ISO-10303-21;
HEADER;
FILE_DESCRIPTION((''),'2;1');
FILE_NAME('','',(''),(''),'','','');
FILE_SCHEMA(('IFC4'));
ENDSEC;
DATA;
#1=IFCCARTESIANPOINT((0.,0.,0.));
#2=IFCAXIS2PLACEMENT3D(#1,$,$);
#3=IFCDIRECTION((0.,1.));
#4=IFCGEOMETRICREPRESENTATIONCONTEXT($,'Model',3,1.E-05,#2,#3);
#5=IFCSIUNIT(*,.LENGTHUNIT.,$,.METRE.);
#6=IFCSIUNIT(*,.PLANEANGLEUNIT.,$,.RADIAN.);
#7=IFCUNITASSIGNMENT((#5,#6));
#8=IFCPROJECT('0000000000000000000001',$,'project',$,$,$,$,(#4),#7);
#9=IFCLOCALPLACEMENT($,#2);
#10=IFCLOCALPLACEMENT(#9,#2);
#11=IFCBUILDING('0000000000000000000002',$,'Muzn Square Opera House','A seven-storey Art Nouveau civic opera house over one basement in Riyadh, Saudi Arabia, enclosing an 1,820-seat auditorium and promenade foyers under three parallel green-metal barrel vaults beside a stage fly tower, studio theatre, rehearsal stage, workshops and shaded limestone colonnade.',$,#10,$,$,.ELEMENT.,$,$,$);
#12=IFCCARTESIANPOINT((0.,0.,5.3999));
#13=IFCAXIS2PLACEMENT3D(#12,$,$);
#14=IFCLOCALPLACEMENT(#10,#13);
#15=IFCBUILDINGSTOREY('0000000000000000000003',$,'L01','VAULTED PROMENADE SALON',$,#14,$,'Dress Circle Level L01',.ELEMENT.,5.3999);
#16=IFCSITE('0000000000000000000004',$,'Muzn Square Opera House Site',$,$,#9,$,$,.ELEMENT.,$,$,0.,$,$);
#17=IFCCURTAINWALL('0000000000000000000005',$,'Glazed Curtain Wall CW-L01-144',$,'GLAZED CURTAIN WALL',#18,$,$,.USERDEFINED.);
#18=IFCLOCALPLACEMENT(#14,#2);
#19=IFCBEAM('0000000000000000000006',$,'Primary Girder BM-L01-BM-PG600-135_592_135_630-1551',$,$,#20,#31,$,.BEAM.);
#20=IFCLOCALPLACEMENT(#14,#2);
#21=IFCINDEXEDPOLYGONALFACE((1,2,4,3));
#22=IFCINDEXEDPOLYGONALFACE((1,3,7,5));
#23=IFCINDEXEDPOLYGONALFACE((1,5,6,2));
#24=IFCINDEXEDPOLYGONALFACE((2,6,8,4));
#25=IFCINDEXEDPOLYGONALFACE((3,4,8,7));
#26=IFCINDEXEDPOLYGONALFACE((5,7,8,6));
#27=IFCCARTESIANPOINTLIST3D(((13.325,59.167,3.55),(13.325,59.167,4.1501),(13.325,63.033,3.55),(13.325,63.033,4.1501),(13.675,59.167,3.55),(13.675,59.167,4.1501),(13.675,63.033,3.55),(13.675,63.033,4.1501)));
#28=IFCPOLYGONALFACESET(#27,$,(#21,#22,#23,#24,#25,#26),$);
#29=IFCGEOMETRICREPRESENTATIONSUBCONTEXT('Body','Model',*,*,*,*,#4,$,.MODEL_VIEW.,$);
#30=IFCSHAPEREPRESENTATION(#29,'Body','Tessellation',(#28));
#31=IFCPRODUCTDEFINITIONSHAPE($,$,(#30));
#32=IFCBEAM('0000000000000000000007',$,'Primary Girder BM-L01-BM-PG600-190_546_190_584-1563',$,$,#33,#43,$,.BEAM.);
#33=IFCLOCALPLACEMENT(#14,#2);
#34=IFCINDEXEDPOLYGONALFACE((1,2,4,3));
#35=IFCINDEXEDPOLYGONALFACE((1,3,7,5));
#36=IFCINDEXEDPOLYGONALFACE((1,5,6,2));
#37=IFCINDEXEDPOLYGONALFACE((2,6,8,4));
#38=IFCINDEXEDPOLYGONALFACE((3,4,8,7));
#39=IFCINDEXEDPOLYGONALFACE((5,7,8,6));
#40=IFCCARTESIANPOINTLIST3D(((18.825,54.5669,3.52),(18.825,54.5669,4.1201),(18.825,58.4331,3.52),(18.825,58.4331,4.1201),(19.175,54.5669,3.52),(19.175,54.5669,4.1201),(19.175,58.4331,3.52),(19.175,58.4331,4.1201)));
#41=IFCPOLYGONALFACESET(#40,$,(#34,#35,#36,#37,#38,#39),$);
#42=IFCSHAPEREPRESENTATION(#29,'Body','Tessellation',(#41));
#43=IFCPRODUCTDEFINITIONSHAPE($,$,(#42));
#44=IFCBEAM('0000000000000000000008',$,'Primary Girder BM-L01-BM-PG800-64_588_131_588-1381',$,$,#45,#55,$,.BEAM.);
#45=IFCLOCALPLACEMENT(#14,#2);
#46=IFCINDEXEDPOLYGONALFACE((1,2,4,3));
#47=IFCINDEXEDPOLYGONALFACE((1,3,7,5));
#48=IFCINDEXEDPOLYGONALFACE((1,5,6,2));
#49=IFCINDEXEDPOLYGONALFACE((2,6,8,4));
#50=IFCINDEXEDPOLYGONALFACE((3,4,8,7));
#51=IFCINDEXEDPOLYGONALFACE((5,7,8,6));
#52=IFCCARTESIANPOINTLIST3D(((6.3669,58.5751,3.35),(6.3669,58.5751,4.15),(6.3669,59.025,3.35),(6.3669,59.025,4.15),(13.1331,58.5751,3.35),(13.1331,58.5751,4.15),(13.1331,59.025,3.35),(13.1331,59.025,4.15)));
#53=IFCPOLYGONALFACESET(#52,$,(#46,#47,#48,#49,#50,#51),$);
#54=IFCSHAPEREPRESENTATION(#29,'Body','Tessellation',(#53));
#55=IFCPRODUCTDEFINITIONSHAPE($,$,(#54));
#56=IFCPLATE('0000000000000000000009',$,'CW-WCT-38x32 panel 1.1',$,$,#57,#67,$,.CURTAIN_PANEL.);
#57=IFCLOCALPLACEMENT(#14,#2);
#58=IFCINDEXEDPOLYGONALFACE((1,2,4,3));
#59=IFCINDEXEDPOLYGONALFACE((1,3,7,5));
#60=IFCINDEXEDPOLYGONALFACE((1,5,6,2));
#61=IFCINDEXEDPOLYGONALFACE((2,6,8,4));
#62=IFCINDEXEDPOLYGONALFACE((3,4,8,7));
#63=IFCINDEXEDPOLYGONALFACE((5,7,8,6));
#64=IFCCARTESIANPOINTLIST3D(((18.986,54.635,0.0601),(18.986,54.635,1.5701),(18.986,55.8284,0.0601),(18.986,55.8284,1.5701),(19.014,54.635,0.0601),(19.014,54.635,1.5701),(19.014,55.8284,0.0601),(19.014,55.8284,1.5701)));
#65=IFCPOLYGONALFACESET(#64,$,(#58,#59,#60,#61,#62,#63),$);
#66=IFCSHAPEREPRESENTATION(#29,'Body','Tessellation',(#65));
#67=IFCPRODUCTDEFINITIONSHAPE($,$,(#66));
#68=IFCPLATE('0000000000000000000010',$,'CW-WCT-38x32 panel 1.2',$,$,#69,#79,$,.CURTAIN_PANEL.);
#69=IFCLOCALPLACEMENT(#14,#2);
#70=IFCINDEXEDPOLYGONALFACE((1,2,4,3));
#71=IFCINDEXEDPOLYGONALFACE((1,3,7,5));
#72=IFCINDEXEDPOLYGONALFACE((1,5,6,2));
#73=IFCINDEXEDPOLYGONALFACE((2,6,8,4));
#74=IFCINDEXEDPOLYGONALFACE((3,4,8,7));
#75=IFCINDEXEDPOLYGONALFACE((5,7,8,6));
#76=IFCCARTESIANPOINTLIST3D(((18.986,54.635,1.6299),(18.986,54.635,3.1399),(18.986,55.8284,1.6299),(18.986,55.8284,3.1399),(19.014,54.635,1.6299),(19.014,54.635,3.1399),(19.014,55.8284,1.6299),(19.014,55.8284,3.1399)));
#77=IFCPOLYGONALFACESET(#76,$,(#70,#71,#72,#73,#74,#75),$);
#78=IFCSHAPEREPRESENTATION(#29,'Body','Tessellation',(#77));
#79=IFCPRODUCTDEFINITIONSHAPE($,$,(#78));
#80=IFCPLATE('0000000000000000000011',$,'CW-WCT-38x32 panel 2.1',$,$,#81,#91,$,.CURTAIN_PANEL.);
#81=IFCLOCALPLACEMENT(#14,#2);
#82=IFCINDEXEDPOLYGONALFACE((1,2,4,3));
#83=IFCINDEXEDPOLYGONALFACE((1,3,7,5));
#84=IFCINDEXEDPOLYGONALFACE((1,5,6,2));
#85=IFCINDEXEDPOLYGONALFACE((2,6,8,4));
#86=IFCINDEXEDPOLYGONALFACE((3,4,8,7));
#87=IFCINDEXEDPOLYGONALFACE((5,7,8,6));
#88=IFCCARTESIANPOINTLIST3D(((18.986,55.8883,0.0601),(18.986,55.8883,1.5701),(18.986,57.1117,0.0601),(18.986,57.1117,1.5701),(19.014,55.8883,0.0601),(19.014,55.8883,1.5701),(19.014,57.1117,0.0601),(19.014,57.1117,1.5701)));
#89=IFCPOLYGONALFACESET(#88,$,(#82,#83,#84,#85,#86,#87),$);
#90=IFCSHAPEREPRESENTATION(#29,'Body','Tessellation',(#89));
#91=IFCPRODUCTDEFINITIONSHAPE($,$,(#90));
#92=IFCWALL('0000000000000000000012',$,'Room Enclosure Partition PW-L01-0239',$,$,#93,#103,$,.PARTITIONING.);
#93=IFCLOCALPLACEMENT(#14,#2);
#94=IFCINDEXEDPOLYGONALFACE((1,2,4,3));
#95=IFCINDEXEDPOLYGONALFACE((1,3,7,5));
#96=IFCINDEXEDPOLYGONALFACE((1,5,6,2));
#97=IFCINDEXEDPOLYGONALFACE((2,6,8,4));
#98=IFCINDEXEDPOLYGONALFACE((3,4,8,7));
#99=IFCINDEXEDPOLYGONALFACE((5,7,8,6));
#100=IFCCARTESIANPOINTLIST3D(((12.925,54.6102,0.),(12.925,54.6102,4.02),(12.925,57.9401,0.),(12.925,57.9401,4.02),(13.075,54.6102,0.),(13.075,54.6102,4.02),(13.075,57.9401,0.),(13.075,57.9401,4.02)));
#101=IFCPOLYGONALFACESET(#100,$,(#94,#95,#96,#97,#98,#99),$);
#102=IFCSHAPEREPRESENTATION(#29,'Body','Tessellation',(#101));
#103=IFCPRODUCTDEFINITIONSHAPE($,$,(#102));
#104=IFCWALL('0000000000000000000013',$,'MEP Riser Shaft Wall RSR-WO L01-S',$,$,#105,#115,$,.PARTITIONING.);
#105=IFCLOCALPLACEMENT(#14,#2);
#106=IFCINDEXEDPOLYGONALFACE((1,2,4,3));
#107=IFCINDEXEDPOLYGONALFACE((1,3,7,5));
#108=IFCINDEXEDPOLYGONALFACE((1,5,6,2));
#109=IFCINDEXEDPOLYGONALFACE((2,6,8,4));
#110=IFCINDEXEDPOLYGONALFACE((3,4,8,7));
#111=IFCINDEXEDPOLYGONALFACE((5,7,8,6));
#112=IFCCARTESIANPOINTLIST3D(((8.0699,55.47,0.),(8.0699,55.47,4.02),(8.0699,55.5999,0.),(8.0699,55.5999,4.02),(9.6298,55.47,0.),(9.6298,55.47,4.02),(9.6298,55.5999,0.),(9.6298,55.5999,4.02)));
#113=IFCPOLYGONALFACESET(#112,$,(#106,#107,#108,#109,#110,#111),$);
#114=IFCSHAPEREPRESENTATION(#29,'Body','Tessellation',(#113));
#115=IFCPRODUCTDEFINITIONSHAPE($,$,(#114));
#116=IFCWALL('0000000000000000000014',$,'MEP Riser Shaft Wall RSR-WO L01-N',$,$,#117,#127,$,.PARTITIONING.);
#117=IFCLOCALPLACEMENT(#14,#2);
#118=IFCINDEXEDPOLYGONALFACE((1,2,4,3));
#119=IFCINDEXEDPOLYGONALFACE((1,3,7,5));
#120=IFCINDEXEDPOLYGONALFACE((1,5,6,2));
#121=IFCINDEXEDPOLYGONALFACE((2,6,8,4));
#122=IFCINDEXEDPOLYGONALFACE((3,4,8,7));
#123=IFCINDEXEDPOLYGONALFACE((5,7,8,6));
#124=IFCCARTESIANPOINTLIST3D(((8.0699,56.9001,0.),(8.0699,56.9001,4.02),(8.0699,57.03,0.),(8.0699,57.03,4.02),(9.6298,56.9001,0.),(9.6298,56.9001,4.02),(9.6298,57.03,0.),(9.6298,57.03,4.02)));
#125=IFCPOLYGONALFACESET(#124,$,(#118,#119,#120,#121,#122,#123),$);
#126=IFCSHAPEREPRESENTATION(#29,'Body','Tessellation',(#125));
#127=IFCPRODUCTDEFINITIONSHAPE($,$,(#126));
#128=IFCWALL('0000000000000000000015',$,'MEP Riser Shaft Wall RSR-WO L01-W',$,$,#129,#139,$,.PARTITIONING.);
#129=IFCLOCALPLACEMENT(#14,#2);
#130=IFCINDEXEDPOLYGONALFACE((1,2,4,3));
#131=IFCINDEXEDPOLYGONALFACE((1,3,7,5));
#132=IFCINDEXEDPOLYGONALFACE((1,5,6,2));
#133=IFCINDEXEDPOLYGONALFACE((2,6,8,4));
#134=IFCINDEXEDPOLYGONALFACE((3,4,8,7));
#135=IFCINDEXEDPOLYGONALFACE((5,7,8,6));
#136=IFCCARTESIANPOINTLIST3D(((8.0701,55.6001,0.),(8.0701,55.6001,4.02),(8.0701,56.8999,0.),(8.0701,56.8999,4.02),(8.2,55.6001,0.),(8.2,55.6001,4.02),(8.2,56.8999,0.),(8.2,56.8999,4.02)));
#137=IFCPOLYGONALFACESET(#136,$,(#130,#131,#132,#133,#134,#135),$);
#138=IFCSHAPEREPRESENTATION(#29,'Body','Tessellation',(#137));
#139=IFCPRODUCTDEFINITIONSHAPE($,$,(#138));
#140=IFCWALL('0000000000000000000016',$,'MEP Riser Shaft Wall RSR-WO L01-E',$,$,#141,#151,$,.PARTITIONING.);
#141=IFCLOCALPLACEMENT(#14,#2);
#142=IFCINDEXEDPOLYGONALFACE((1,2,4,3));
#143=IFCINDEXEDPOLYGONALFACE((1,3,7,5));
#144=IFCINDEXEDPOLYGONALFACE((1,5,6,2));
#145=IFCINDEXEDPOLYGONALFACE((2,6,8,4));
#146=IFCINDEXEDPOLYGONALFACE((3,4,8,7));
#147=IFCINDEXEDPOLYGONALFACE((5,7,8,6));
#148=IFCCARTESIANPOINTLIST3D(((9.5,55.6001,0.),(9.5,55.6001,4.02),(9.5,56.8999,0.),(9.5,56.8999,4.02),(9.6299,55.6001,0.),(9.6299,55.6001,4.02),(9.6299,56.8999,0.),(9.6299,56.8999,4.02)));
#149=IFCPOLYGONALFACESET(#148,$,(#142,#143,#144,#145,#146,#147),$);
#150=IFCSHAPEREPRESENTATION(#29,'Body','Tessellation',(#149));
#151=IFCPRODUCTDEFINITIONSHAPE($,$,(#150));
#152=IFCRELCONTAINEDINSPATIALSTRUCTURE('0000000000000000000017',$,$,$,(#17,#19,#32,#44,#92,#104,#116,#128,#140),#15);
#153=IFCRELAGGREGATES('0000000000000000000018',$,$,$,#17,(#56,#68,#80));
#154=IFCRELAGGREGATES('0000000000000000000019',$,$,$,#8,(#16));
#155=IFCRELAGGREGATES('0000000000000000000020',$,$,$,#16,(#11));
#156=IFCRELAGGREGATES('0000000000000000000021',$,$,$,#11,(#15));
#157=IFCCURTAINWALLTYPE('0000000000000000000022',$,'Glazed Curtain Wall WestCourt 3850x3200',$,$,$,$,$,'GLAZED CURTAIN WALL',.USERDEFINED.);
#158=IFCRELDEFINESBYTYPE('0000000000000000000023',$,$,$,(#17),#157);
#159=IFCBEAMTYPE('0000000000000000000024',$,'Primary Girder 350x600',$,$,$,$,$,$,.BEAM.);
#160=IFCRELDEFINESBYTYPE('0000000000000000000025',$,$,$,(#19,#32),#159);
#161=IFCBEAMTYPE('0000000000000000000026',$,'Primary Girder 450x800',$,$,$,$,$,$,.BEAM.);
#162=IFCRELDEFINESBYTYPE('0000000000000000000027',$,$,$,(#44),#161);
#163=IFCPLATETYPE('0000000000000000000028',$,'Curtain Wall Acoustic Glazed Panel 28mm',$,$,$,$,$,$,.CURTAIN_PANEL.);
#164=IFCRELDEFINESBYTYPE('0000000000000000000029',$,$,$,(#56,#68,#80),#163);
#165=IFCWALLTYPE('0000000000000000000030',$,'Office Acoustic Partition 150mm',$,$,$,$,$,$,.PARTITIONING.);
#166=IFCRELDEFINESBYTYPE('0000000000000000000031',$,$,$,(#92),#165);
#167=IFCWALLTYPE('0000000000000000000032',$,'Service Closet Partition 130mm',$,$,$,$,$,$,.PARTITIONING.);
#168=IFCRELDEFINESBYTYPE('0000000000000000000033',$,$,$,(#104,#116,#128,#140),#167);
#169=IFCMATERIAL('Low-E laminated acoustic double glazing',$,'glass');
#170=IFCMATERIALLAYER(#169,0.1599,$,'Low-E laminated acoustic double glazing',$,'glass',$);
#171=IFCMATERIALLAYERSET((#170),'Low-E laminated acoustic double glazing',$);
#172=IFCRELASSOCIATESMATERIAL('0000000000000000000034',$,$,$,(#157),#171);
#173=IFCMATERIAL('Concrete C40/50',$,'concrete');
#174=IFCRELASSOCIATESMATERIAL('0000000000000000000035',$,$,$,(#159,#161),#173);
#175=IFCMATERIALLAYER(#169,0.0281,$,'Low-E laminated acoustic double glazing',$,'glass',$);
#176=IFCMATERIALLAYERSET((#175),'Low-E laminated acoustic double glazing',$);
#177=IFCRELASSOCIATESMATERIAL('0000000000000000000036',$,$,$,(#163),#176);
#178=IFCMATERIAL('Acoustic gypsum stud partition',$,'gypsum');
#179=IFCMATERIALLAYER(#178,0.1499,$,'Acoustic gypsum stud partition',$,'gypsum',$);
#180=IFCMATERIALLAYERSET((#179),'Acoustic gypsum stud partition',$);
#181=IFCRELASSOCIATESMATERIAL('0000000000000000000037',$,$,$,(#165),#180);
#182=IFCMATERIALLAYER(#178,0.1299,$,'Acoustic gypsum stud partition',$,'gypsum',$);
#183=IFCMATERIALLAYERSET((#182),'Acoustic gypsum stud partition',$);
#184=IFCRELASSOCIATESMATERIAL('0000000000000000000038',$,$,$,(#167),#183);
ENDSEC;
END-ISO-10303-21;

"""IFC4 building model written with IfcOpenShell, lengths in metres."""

from ifc_helpers import new_model, si_unit, direction, frame, frame_2d, origin, origin_2d, place, context, subcontext, project, spatial, rectangle, extrude, material, layer, layer_set, material_profile, profile_set, type_object, element, aggregate, save


model = new_model("IFC4")

# Units and contexts
model_context = context("Model", 3, precision=1e-05, world=origin(), true_north=direction((0.0, 1.0)))
body_context = subcontext(model_context, "Body", "Model", "MODEL_VIEW")
ifc_project = project(units=[si_unit("LENGTHUNIT", "METRE"), si_unit("PLANEANGLEUNIT", "RADIAN")], contexts=[model_context])

# Site, building, storey
site_placement = place(None, origin())
site = spatial("IfcSite", under=ifc_project, at=site_placement, Name="Muzn Square Opera House Site", CompositionType="ELEMENT", RefElevation=0.0)
building_placement = place(site_placement, origin())
building = spatial("IfcBuilding", under=site, at=building_placement, Name="Muzn Square Opera House", Description="A seven-storey Art Nouveau civic opera house over one basement in Riyadh, Saudi Arabia, enclosing an 1,820-seat auditorium and promenade foyers under three parallel green-metal barrel vaults beside a stage fly tower, studio theatre, rehearsal stage, workshops and shaded limestone colonnade.", CompositionType="ELEMENT")
storey_placement = place(building_placement, frame((0.0, 0.0, 5.3999)))
storey = spatial("IfcBuildingStorey", under=building, at=storey_placement, Name="L01", Description="VAULTED PROMENADE SALON", LongName="Dress Circle Level L01", CompositionType="ELEMENT", Elevation=5.3999)

# Curtain wall
ifc_material_1 = material(Name="Low-E laminated acoustic double glazing", Category="glass")
ifc_layer_1 = layer(ifc_material_1, 0.1599, Name="Low-E laminated acoustic double glazing", Category="glass")
ifc_layer_set_1 = layer_set([ifc_layer_1], Name="Low-E laminated acoustic double glazing")
curtain_wall_type = type_object("IfcCurtainWallType", Name="Glazed Curtain Wall WestCourt 3850x3200", ElementType="GLAZED CURTAIN WALL", PredefinedType="USERDEFINED", material=ifc_layer_set_1)
curtain_wall_placement = place(storey_placement, origin())
curtain_wall = element("IfcCurtainWall", 1, at=curtain_wall_placement, inside=storey, type_object=curtain_wall_type, Name="Glazed Curtain Wall CW-L01-144", ObjectType="GLAZED CURTAIN WALL", PredefinedType="USERDEFINED")

# Beams
ifc_material_2 = material(Name="Concrete C40/50", Category="concrete")
ifc_material_profile_1 = material_profile(ifc_material_2, rectangle(XDim=0.3501, YDim=0.6001, at=origin_2d()), Name="RCB 350x600", Category="concrete")
ifc_profile_set_1 = profile_set([ifc_material_profile_1], Name="Concrete C40/50")
beam_type_1 = type_object("IfcBeamType", Name="Primary Girder 350x600", PredefinedType="BEAM", material=ifc_profile_set_1)
beam_1_placement = place(storey_placement, frame((13.5, 59.167, 3.8501), z_axis=(0.0, 1.0, 0.0), x_axis=(-1.0, 0.0, 0.0)))
element("IfcBeam", 2, at=beam_1_placement, inside=storey, type_object=beam_type_1, Name="Primary Girder BM-L01-BM-PG600-135_592_135_630-1551", PredefinedType="BEAM", context=body_context, shape_type="SweptSolid", body=[
    extrude(rectangle(XDim=0.3501, YDim=0.6001, at=origin_2d()), origin(), (0.0, 0.0, 1.0), 3.866),
])
beam_2_placement = place(storey_placement, frame((19.0, 54.5669, 3.8201), z_axis=(0.0, 1.0, 0.0), x_axis=(-1.0, 0.0, 0.0)))
element("IfcBeam", 3, at=beam_2_placement, inside=storey, type_object=beam_type_1, Name="Primary Girder BM-L01-BM-PG600-190_546_190_584-1563", PredefinedType="BEAM", context=body_context, shape_type="SweptSolid", body=[
    extrude(rectangle(XDim=0.3501, YDim=0.6001, at=origin_2d()), origin(), (0.0, 0.0, 1.0), 3.8662),
])
ifc_material_profile_2 = material_profile(ifc_material_2, rectangle(XDim=0.45, YDim=0.8, at=origin_2d()), Name="RCB 450x800", Category="concrete")
ifc_profile_set_2 = profile_set([ifc_material_profile_2], Name="Concrete C40/50")
beam_type_2 = type_object("IfcBeamType", Name="Primary Girder 450x800", PredefinedType="BEAM", material=ifc_profile_set_2)
beam_3_placement = place(storey_placement, frame((6.3669, 58.8, 3.75), z_axis=(1.0, 0.0, 0.0), x_axis=(0.0, 1.0, 0.0)))
element("IfcBeam", 4, at=beam_3_placement, inside=storey, type_object=beam_type_2, Name="Primary Girder BM-L01-BM-PG800-64_588_131_588-1381", PredefinedType="BEAM", context=body_context, shape_type="SweptSolid", body=[
    extrude(rectangle(XDim=0.45, YDim=0.8, at=origin_2d()), origin(), (0.0, 0.0, 1.0), 6.7661),
])

# Plates
ifc_layer_2 = layer(ifc_material_1, 0.0281, Name="Low-E laminated acoustic double glazing", Category="glass")
ifc_layer_set_2 = layer_set([ifc_layer_2], Name="Low-E laminated acoustic double glazing")
plate_type = type_object("IfcPlateType", Name="Curtain Wall Acoustic Glazed Panel 28mm", PredefinedType="CURTAIN_PANEL", material=ifc_layer_set_2)
plate_1_placement = place(storey_placement, frame((19.0, 55.2317, 0.0601), z_axis=(0.0, 0.0, 1.0), x_axis=(0.0, 1.0, 0.0)))
plate_1 = element("IfcPlate", 5, at=plate_1_placement, type_object=plate_type, Name="CW-WCT-38x32 panel 1.1", PredefinedType="CURTAIN_PANEL", context=body_context, shape_type="SweptSolid", body=[
    extrude(rectangle(XDim=1.1934, YDim=0.0281, at=origin_2d()), origin(), (0.0, 0.0, 1.0), 1.51),
])
plate_2_placement = place(storey_placement, frame((19.0, 55.2317, 1.6299), z_axis=(0.0, 0.0, 1.0), x_axis=(0.0, 1.0, 0.0)))
plate_2 = element("IfcPlate", 6, at=plate_2_placement, type_object=plate_type, Name="CW-WCT-38x32 panel 1.2", PredefinedType="CURTAIN_PANEL", context=body_context, shape_type="SweptSolid", body=[
    extrude(rectangle(XDim=1.1934, YDim=0.0281, at=origin_2d()), origin(), (0.0, 0.0, 1.0), 1.51),
])
plate_3_placement = place(storey_placement, frame((19.0, 56.5, 0.0601), z_axis=(0.0, 0.0, 1.0), x_axis=(0.0, 1.0, 0.0)))
plate_3 = element("IfcPlate", 7, at=plate_3_placement, type_object=plate_type, Name="CW-WCT-38x32 panel 2.1", PredefinedType="CURTAIN_PANEL", context=body_context, shape_type="SweptSolid", body=[
    extrude(rectangle(XDim=1.2234, YDim=0.0281, at=origin_2d()), origin(), (0.0, 0.0, 1.0), 1.51),
])
aggregate(curtain_wall, [plate_1, plate_2, plate_3])

# Walls
ifc_material_3 = material(Name="Acoustic gypsum stud partition", Category="gypsum")
ifc_layer_3 = layer(ifc_material_3, 0.1499, Name="Acoustic gypsum stud partition", Category="gypsum")
ifc_layer_set_3 = layer_set([ifc_layer_3], Name="Acoustic gypsum stud partition")
wall_type_1 = type_object("IfcWallType", Name="Office Acoustic Partition 150mm", PredefinedType="PARTITIONING", material=ifc_layer_set_3)
wall_placement = place(storey_placement, frame((13.0, 54.6101, 0.0), z_axis=(0.0, 0.0, 1.0), x_axis=(0.0, 1.0, 0.0)))
element("IfcWall", 8, at=wall_placement, inside=storey, type_object=wall_type_1, Name="Room Enclosure Partition PW-L01-0239", PredefinedType="PARTITIONING", context=body_context, shape_type="SweptSolid", body=[
    extrude(rectangle(XDim=3.3298, YDim=0.1499, at=frame_2d((1.665, 0.0))), origin(), (0.0, 0.0, 1.0), 4.02),
])
ifc_layer_4 = layer(ifc_material_3, 0.1299, Name="Acoustic gypsum stud partition", Category="gypsum")
ifc_layer_set_4 = layer_set([ifc_layer_4], Name="Acoustic gypsum stud partition")
wall_type_2 = type_object("IfcWallType", Name="Service Closet Partition 130mm", PredefinedType="PARTITIONING", material=ifc_layer_set_4)
for number, where, z_axis, x_axis, name in (
    (9, (8.0701, 55.5349, 0.0), (0.0, 0.0, 1.0), (1.0, 0.0, 0.0), "MEP Riser Shaft Wall RSR-WO L01-S"),
    (10, (8.0701, 56.9651, 0.0), (0.0, 0.0, 1.0), (1.0, 0.0, 0.0), "MEP Riser Shaft Wall RSR-WO L01-N"),
):
    element("IfcWall", number, at=place(storey_placement, frame(where, z_axis=z_axis, x_axis=x_axis)), inside=storey, type_object=wall_type_2, Name=name, PredefinedType="PARTITIONING", context=body_context, shape_type="SweptSolid", body=[
        extrude(rectangle(XDim=1.5598, YDim=0.1299, at=frame_2d((0.7798, 0.0))), origin(), (0.0, 0.0, 1.0), 4.02),
    ])
for number, where, z_axis, x_axis, name in (
    (11, (8.135, 55.6001, 0.0), (0.0, 0.0, 1.0), (0.0, 1.0, 0.0), "MEP Riser Shaft Wall RSR-WO L01-W"),
    (12, (9.5649, 55.6001, 0.0), (0.0, 0.0, 1.0), (0.0, 1.0, 0.0), "MEP Riser Shaft Wall RSR-WO L01-E"),
):
    element("IfcWall", number, at=place(storey_placement, frame(where, z_axis=z_axis, x_axis=x_axis)), inside=storey, type_object=wall_type_2, Name=name, PredefinedType="PARTITIONING", context=body_context, shape_type="SweptSolid", body=[
        extrude(rectangle(XDim=1.2998, YDim=0.1299, at=frame_2d((0.6499, 0.0))), origin(), (0.0, 0.0, 1.0), 4.02),
    ])

save(model, "model.ifc")
